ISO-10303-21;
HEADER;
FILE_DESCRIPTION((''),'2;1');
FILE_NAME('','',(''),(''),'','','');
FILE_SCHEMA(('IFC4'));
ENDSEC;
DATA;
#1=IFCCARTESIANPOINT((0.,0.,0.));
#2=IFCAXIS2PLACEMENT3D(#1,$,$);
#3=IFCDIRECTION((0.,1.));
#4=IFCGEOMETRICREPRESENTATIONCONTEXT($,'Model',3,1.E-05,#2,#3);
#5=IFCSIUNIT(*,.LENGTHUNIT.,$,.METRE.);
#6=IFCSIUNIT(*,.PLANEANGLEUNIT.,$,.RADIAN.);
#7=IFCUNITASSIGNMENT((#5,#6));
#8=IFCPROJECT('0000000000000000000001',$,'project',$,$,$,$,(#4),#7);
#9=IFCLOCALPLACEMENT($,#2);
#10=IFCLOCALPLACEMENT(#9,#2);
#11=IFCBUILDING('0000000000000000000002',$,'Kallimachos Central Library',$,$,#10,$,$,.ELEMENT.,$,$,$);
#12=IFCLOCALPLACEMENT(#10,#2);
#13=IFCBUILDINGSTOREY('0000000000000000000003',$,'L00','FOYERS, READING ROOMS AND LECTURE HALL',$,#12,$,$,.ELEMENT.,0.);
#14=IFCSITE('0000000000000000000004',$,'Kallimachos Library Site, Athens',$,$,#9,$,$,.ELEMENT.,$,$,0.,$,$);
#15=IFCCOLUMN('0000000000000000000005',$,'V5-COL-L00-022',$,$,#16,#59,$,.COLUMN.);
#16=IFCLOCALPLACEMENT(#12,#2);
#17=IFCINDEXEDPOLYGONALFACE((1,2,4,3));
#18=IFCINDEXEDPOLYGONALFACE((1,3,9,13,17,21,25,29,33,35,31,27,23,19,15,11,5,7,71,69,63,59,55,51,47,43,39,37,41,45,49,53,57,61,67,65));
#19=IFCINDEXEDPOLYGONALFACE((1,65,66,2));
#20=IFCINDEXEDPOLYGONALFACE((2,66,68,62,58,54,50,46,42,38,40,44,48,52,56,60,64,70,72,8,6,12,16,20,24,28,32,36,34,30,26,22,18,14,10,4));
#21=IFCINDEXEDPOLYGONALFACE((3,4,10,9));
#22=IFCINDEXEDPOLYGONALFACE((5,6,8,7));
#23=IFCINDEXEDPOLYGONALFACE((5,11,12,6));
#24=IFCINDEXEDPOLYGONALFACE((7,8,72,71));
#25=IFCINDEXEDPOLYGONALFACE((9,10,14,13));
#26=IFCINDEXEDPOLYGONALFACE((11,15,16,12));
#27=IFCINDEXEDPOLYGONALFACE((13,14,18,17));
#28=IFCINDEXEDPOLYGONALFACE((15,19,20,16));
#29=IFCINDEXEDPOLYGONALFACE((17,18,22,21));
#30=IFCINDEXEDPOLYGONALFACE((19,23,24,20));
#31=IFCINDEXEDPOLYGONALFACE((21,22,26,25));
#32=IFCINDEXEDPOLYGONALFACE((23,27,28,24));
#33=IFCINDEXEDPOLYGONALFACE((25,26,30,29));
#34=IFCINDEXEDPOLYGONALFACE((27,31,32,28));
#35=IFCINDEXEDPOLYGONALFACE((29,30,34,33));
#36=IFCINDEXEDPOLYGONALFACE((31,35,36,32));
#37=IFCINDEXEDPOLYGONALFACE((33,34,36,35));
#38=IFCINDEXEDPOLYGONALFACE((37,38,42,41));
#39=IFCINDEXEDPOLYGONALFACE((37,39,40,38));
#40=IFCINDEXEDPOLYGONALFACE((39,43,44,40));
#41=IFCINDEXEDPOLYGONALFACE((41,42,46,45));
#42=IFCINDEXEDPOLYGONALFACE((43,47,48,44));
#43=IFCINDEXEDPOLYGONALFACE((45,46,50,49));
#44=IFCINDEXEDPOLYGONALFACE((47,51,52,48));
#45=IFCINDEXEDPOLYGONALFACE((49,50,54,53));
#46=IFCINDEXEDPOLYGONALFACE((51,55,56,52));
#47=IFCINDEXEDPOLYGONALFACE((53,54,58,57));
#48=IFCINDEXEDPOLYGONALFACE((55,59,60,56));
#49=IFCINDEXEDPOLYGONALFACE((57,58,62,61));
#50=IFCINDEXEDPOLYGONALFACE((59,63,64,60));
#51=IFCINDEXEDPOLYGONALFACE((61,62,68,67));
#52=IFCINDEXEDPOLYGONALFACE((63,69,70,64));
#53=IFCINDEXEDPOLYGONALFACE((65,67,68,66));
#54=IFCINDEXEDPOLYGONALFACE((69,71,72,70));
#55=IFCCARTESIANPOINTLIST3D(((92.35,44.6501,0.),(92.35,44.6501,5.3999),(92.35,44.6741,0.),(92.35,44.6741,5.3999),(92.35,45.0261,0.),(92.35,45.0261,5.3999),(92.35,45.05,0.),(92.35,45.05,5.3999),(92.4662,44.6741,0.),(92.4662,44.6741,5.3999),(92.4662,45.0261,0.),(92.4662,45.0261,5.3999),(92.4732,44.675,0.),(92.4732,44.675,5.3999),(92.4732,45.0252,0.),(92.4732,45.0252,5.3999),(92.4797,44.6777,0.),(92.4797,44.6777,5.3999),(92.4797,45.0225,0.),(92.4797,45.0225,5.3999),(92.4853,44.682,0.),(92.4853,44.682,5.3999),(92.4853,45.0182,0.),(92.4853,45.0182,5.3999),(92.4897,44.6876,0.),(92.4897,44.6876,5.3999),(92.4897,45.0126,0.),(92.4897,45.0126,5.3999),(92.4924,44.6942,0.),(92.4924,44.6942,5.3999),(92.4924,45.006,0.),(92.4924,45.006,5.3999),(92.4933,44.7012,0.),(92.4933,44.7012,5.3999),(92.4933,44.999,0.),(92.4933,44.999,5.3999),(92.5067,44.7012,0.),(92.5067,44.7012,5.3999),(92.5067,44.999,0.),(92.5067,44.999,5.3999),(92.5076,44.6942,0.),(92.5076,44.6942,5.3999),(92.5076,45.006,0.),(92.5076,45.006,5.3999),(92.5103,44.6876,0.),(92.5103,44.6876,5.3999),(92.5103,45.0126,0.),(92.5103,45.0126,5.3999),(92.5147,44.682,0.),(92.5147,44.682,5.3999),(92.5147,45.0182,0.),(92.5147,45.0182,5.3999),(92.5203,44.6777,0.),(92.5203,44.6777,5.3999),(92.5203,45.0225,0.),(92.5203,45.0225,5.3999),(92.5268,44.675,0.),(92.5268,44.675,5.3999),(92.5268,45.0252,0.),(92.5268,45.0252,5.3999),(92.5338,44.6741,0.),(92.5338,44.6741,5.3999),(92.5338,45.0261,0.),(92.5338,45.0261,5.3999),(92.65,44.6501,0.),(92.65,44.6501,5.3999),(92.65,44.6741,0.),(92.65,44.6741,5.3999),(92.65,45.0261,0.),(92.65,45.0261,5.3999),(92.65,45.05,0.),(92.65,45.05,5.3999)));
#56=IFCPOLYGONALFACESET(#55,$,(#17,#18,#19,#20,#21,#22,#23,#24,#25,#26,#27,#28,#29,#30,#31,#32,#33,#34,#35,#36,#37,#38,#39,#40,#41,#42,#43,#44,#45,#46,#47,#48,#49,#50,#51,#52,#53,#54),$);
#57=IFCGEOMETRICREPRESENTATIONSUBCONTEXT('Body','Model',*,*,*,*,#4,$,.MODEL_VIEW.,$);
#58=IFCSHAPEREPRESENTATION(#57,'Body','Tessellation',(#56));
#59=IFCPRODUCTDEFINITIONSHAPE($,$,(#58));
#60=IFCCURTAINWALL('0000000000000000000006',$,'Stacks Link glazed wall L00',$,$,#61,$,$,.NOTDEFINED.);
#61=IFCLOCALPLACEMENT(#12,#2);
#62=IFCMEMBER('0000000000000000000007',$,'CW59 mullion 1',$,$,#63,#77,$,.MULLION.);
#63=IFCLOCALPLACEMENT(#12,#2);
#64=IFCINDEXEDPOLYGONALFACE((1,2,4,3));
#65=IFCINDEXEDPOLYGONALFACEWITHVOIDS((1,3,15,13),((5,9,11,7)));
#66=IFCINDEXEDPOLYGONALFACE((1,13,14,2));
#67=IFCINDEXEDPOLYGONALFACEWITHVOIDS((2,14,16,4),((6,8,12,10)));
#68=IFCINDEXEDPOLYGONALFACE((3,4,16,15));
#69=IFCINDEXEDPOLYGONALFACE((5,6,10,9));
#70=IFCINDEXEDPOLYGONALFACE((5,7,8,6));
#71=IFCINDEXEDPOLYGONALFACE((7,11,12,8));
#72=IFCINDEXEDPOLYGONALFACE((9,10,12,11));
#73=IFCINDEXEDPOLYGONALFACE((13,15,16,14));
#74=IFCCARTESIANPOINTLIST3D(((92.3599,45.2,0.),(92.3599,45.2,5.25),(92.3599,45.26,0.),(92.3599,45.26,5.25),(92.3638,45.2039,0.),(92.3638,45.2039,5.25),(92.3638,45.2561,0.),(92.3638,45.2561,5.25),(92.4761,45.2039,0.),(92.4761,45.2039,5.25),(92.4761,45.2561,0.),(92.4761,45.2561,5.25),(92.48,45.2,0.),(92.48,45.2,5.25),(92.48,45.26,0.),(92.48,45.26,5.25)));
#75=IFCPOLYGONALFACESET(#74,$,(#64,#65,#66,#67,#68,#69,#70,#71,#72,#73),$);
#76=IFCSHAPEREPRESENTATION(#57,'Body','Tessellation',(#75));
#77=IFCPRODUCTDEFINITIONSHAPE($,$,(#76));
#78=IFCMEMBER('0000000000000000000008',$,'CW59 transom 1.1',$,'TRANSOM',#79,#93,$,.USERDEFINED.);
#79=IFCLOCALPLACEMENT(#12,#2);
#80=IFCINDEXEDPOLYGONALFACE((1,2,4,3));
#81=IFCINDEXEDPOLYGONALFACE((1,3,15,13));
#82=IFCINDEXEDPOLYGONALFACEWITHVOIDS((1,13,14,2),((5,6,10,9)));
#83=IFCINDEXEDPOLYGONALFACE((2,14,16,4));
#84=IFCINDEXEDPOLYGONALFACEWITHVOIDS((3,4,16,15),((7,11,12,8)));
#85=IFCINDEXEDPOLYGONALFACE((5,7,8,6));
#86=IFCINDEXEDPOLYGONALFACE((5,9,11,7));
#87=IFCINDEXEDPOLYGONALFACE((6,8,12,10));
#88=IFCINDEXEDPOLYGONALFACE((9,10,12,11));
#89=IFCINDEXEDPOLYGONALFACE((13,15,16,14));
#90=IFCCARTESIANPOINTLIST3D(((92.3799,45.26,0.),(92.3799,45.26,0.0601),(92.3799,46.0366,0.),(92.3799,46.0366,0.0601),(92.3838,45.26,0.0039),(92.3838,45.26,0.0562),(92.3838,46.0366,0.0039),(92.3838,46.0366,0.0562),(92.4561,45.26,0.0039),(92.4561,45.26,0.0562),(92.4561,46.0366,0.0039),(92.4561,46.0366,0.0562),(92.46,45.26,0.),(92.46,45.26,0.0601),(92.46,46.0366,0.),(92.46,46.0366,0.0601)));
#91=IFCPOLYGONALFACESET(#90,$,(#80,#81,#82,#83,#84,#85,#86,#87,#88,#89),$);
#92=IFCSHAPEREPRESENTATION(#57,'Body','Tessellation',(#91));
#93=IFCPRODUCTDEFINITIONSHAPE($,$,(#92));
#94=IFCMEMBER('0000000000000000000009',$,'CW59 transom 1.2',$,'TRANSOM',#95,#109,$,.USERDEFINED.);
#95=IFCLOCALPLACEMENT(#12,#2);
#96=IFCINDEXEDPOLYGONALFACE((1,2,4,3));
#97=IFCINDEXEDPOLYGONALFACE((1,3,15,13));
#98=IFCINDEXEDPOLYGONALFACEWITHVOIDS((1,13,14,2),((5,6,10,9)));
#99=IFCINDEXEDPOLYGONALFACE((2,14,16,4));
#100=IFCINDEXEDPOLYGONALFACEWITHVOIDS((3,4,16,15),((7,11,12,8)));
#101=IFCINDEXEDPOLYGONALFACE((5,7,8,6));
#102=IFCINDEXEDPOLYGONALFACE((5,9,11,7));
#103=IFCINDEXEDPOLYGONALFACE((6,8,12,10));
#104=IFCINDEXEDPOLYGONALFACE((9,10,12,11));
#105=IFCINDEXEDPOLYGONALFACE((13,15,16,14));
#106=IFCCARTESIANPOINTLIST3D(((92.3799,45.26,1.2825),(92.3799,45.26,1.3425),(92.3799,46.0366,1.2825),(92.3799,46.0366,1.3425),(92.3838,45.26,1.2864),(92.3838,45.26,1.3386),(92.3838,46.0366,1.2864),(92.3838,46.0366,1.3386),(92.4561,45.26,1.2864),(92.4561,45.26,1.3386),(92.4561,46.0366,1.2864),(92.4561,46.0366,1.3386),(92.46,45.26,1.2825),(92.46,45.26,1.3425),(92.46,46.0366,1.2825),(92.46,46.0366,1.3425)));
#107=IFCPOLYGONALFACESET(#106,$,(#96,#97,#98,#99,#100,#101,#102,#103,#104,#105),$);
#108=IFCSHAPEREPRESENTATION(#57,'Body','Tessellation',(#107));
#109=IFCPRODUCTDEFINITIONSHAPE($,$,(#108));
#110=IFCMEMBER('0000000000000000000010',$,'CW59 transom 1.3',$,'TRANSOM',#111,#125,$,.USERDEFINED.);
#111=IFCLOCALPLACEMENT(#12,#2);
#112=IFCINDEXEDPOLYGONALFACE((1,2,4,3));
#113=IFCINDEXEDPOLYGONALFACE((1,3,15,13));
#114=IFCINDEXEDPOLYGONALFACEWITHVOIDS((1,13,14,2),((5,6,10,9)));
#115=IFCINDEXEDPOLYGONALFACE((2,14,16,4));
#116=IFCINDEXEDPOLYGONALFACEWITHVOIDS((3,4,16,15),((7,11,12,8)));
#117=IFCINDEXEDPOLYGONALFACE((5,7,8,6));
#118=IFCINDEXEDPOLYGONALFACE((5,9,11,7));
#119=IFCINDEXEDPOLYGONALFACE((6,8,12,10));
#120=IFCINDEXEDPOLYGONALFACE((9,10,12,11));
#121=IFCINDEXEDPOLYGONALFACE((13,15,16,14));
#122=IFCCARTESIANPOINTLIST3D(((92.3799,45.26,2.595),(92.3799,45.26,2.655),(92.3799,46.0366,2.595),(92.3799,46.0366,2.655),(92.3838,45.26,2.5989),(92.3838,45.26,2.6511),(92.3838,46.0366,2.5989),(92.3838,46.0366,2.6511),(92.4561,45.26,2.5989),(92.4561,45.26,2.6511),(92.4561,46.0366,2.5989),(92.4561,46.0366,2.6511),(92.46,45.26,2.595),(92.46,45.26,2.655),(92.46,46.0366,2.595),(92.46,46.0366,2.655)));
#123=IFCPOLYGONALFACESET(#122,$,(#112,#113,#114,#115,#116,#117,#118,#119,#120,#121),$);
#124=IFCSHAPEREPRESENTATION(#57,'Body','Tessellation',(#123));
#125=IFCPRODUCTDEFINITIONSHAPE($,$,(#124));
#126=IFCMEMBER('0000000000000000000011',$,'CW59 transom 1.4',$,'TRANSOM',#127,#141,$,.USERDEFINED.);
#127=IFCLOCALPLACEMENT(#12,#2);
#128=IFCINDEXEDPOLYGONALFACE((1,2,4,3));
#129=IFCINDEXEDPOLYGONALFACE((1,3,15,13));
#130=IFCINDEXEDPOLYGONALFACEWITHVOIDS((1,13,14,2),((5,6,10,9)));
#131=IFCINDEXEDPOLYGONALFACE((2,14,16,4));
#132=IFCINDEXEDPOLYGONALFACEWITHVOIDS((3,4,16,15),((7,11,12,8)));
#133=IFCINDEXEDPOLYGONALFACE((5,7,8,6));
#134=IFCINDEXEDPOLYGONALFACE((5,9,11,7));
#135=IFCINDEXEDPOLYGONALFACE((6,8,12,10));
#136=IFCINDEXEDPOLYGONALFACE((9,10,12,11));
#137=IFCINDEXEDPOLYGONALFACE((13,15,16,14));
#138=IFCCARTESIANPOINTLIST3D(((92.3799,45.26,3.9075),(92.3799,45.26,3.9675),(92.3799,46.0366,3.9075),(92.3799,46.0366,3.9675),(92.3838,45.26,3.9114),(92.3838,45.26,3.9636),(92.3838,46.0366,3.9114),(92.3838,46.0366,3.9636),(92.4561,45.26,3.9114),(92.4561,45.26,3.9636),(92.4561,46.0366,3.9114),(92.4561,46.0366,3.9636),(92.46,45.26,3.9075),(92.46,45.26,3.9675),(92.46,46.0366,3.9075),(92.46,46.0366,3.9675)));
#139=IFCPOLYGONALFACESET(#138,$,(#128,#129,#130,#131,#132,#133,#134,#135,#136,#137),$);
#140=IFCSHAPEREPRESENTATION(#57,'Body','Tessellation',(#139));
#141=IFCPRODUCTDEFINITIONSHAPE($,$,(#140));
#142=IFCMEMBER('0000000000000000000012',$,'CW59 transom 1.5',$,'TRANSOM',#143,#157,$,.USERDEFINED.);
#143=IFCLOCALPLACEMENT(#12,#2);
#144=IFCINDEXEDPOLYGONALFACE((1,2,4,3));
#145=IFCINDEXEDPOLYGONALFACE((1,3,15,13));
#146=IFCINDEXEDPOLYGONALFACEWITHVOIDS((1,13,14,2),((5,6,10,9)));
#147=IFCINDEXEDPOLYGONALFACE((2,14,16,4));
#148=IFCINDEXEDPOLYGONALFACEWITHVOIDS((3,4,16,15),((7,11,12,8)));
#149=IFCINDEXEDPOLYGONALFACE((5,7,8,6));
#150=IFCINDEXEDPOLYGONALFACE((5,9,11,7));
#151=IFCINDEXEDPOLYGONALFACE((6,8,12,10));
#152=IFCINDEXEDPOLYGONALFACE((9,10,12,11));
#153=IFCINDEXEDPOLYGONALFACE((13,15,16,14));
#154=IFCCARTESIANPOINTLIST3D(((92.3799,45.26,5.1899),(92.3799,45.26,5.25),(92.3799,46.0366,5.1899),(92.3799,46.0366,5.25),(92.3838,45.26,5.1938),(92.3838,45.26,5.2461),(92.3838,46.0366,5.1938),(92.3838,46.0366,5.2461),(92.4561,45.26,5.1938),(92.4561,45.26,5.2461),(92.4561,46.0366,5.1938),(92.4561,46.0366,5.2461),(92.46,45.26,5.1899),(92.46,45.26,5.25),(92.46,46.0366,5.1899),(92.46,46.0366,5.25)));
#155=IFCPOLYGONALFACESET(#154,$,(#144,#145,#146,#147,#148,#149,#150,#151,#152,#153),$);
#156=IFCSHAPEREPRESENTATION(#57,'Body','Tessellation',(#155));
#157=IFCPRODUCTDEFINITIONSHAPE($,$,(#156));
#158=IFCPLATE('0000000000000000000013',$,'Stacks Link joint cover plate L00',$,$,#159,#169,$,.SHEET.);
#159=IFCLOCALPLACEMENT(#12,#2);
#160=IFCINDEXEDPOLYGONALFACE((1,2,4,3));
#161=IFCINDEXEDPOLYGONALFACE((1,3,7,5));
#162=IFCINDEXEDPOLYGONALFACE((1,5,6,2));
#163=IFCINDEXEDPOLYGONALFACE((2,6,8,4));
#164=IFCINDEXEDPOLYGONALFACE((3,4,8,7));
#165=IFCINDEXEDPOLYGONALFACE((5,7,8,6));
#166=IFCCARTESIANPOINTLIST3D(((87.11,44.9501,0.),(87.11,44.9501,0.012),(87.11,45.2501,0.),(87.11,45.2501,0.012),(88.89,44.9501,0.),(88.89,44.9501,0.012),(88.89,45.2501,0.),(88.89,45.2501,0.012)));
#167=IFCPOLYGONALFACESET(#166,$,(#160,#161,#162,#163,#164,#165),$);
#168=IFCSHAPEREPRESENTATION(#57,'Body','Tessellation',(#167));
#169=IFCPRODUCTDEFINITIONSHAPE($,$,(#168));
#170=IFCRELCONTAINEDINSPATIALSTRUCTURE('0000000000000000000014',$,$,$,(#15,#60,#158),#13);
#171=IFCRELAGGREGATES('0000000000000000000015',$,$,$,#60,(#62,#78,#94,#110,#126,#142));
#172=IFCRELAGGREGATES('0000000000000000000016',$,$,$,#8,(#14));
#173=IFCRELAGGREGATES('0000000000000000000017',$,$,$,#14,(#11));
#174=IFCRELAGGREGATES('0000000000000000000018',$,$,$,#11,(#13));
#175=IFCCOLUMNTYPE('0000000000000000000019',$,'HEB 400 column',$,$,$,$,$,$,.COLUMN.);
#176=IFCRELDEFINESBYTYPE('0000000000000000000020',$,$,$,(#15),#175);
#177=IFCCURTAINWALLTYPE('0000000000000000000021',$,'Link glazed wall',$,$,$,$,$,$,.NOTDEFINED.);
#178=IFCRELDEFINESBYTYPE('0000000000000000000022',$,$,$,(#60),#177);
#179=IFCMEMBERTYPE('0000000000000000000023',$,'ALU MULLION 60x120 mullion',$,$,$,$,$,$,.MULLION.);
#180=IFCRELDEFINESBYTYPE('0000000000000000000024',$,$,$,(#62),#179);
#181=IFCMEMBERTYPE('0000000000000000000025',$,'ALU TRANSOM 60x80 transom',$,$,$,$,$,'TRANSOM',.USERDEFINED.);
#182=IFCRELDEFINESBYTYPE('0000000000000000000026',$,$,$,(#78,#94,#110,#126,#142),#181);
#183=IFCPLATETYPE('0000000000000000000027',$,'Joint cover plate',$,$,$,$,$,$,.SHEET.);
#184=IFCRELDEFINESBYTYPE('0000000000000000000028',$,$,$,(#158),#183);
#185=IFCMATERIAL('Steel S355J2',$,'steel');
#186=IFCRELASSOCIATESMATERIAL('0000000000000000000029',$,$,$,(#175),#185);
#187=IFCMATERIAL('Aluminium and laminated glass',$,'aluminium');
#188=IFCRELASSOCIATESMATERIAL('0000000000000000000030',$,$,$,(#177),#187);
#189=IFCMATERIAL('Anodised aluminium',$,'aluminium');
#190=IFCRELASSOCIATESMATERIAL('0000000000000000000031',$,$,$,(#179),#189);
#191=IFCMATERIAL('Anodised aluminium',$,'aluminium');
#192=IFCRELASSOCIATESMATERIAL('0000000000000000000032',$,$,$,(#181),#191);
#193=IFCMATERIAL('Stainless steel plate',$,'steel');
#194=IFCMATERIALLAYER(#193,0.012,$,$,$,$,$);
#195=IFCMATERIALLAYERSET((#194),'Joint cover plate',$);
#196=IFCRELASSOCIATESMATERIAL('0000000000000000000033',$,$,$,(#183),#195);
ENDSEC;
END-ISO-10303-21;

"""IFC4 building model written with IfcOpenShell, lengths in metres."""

from ifc_helpers import new_model, si_unit, direction, frame, origin, origin_2d, place, context, subcontext, project, spatial, rectangle, hollow_rectangle, i_section, extrude, material, layer, layer_set, material_profile, profile_set, type_object, element, aggregate, save


model = new_model("IFC4")

# Units and contexts
model_context = context("Model", 3, precision=1e-05, world=origin(), true_north=direction((0.0, 1.0)))
body_context = subcontext(model_context, "Body", "Model", "MODEL_VIEW")
ifc_project = project(units=[si_unit("LENGTHUNIT", "METRE"), si_unit("PLANEANGLEUNIT", "RADIAN")], contexts=[model_context])

# Site, building, storey
site_placement = place(None, origin())
site = spatial("IfcSite", under=ifc_project, at=site_placement, Name="Kallimachos Library Site, Athens", CompositionType="ELEMENT", RefElevation=0.0)
building_placement = place(site_placement, origin())
building = spatial("IfcBuilding", under=site, at=building_placement, Name="Kallimachos Central Library", CompositionType="ELEMENT")
storey_placement = place(building_placement, origin())
storey = spatial("IfcBuildingStorey", under=building, at=storey_placement, Name="L00", Description="FOYERS, READING ROOMS AND LECTURE HALL", CompositionType="ELEMENT", Elevation=0.0)

# Column
ifc_material_1 = material(Name="Steel S355J2", Category="steel")
ifc_material_profile_1 = material_profile(ifc_material_1, i_section(OverallWidth=0.3, OverallDepth=0.3999, WebThickness=0.0134, FlangeThickness=0.0239, FilletRadius=0.0271, at=origin_2d()), Name="HEB 400")
ifc_profile_set_1 = profile_set([ifc_material_profile_1], Name="Steel S355J2")
column_type = type_object("IfcColumnType", Name="HEB 400 column", PredefinedType="COLUMN", material=ifc_profile_set_1)
column_placement = place(storey_placement, frame((92.5, 44.8501, 0.0), z_axis=(0.0, 0.0, 1.0), x_axis=(1.0, 0.0, 0.0)))
element("IfcColumn", 1, at=column_placement, inside=storey, type_object=column_type, Name="V5-COL-L00-022", PredefinedType="COLUMN", context=body_context, shape_type="SweptSolid", body=[
    extrude(i_section(OverallWidth=0.3, OverallDepth=0.3999, WebThickness=0.0134, FlangeThickness=0.0239, FilletRadius=0.0271, at=origin_2d()), origin(), (0.0, 0.0, 1.0), 5.3999),
])

# Curtain wall, members
ifc_material_2 = material(Name="Aluminium and laminated glass", Category="aluminium")
curtain_wall_type = type_object("IfcCurtainWallType", Name="Link glazed wall", PredefinedType="NOTDEFINED", material=ifc_material_2)
curtain_wall_placement = place(storey_placement, origin())
curtain_wall = element("IfcCurtainWall", 2, at=curtain_wall_placement, inside=storey, type_object=curtain_wall_type, Name="Stacks Link glazed wall L00", PredefinedType="NOTDEFINED")
ifc_material_3 = material(Name="Anodised aluminium", Category="aluminium")
ifc_material_profile_2 = material_profile(ifc_material_3, hollow_rectangle(XDim=0.0601, YDim=0.1201, WallThickness=0.0039, at=origin_2d()), Name="ALU MULLION 60x120")
ifc_profile_set_2 = profile_set([ifc_material_profile_2], Name="Anodised aluminium")
member_type_1 = type_object("IfcMemberType", Name="ALU MULLION 60x120 mullion", PredefinedType="MULLION", material=ifc_profile_set_2)
member_1_placement = place(storey_placement, frame((92.4199, 45.23, 0.0), z_axis=(0.0, 0.0, 1.0), x_axis=(0.0, 1.0, 0.0)))
member_1 = element("IfcMember", 3, at=member_1_placement, type_object=member_type_1, Name="CW59 mullion 1", PredefinedType="MULLION", context=body_context, shape_type="SweptSolid", body=[
    extrude(hollow_rectangle(XDim=0.0601, YDim=0.1201, WallThickness=0.0039, at=origin_2d()), origin(), (0.0, 0.0, 1.0), 5.25),
])
ifc_material_4 = material(Name="Anodised aluminium", Category="aluminium")
ifc_material_profile_3 = material_profile(ifc_material_4, hollow_rectangle(XDim=0.0601, YDim=0.0801, WallThickness=0.0039, at=origin_2d()), Name="ALU TRANSOM 60x80")
ifc_profile_set_3 = profile_set([ifc_material_profile_3], Name="Anodised aluminium")
member_type_2 = type_object("IfcMemberType", Name="ALU TRANSOM 60x80 transom", ElementType="TRANSOM", PredefinedType="USERDEFINED", material=ifc_profile_set_3)
member_2_placement = place(storey_placement, frame((92.4199, 45.26, 0.03), z_axis=(0.0, 1.0, 0.0), x_axis=(0.0, 0.0, 1.0)))
member_2 = element("IfcMember", 4, at=member_2_placement, type_object=member_type_2, Name="CW59 transom 1.1", ObjectType="TRANSOM", PredefinedType="USERDEFINED", context=body_context, shape_type="SweptSolid", body=[
    extrude(hollow_rectangle(XDim=0.0601, YDim=0.0801, WallThickness=0.0039, at=origin_2d()), origin(), (0.0, 0.0, 1.0), 0.7766),
])
member_3_placement = place(storey_placement, frame((92.4199, 45.26, 1.3125), z_axis=(0.0, 1.0, 0.0), x_axis=(0.0, 0.0, 1.0)))
member_3 = element("IfcMember", 5, at=member_3_placement, type_object=member_type_2, Name="CW59 transom 1.2", ObjectType="TRANSOM", PredefinedType="USERDEFINED", context=body_context, shape_type="SweptSolid", body=[
    extrude(hollow_rectangle(XDim=0.0601, YDim=0.0801, WallThickness=0.0039, at=origin_2d()), origin(), (0.0, 0.0, 1.0), 0.7766),
])
member_4_placement = place(storey_placement, frame((92.4199, 45.26, 2.625), z_axis=(0.0, 1.0, 0.0), x_axis=(0.0, 0.0, 1.0)))
member_4 = element("IfcMember", 6, at=member_4_placement, type_object=member_type_2, Name="CW59 transom 1.3", ObjectType="TRANSOM", PredefinedType="USERDEFINED", context=body_context, shape_type="SweptSolid", body=[
    extrude(hollow_rectangle(XDim=0.0601, YDim=0.0801, WallThickness=0.0039, at=origin_2d()), origin(), (0.0, 0.0, 1.0), 0.7766),
])
member_5_placement = place(storey_placement, frame((92.4199, 45.26, 3.9375), z_axis=(0.0, 1.0, 0.0), x_axis=(0.0, 0.0, 1.0)))
member_5 = element("IfcMember", 7, at=member_5_placement, type_object=member_type_2, Name="CW59 transom 1.4", ObjectType="TRANSOM", PredefinedType="USERDEFINED", context=body_context, shape_type="SweptSolid", body=[
    extrude(hollow_rectangle(XDim=0.0601, YDim=0.0801, WallThickness=0.0039, at=origin_2d()), origin(), (0.0, 0.0, 1.0), 0.7766),
])
member_6_placement = place(storey_placement, frame((92.4199, 45.26, 5.22), z_axis=(0.0, 1.0, 0.0), x_axis=(0.0, 0.0, 1.0)))
member_6 = element("IfcMember", 8, at=member_6_placement, type_object=member_type_2, Name="CW59 transom 1.5", ObjectType="TRANSOM", PredefinedType="USERDEFINED", context=body_context, shape_type="SweptSolid", body=[
    extrude(hollow_rectangle(XDim=0.0601, YDim=0.0801, WallThickness=0.0039, at=origin_2d()), origin(), (0.0, 0.0, 1.0), 0.7766),
])
aggregate(curtain_wall, [member_1, member_2, member_3, member_4, member_5, member_6])

# Plate
ifc_material_5 = material(Name="Stainless steel plate", Category="steel")
ifc_layer_1 = layer(ifc_material_5, 0.012)
ifc_layer_set_1 = layer_set([ifc_layer_1], Name="Joint cover plate")
plate_type = type_object("IfcPlateType", Name="Joint cover plate", PredefinedType="SHEET", material=ifc_layer_set_1)
plate_placement = place(storey_placement, frame((88.0, 45.1001, 0.0), z_axis=(0.0, 0.0, 1.0), x_axis=(1.0, 0.0, 0.0)))
element("IfcPlate", 9, at=plate_placement, inside=storey, type_object=plate_type, Name="Stacks Link joint cover plate L00", PredefinedType="SHEET", context=body_context, shape_type="SweptSolid", body=[
    extrude(rectangle(XDim=1.78, YDim=0.3, at=origin_2d()), origin(), (0.0, 0.0, 1.0), 0.012),
])

save(model, "model.ifc")
